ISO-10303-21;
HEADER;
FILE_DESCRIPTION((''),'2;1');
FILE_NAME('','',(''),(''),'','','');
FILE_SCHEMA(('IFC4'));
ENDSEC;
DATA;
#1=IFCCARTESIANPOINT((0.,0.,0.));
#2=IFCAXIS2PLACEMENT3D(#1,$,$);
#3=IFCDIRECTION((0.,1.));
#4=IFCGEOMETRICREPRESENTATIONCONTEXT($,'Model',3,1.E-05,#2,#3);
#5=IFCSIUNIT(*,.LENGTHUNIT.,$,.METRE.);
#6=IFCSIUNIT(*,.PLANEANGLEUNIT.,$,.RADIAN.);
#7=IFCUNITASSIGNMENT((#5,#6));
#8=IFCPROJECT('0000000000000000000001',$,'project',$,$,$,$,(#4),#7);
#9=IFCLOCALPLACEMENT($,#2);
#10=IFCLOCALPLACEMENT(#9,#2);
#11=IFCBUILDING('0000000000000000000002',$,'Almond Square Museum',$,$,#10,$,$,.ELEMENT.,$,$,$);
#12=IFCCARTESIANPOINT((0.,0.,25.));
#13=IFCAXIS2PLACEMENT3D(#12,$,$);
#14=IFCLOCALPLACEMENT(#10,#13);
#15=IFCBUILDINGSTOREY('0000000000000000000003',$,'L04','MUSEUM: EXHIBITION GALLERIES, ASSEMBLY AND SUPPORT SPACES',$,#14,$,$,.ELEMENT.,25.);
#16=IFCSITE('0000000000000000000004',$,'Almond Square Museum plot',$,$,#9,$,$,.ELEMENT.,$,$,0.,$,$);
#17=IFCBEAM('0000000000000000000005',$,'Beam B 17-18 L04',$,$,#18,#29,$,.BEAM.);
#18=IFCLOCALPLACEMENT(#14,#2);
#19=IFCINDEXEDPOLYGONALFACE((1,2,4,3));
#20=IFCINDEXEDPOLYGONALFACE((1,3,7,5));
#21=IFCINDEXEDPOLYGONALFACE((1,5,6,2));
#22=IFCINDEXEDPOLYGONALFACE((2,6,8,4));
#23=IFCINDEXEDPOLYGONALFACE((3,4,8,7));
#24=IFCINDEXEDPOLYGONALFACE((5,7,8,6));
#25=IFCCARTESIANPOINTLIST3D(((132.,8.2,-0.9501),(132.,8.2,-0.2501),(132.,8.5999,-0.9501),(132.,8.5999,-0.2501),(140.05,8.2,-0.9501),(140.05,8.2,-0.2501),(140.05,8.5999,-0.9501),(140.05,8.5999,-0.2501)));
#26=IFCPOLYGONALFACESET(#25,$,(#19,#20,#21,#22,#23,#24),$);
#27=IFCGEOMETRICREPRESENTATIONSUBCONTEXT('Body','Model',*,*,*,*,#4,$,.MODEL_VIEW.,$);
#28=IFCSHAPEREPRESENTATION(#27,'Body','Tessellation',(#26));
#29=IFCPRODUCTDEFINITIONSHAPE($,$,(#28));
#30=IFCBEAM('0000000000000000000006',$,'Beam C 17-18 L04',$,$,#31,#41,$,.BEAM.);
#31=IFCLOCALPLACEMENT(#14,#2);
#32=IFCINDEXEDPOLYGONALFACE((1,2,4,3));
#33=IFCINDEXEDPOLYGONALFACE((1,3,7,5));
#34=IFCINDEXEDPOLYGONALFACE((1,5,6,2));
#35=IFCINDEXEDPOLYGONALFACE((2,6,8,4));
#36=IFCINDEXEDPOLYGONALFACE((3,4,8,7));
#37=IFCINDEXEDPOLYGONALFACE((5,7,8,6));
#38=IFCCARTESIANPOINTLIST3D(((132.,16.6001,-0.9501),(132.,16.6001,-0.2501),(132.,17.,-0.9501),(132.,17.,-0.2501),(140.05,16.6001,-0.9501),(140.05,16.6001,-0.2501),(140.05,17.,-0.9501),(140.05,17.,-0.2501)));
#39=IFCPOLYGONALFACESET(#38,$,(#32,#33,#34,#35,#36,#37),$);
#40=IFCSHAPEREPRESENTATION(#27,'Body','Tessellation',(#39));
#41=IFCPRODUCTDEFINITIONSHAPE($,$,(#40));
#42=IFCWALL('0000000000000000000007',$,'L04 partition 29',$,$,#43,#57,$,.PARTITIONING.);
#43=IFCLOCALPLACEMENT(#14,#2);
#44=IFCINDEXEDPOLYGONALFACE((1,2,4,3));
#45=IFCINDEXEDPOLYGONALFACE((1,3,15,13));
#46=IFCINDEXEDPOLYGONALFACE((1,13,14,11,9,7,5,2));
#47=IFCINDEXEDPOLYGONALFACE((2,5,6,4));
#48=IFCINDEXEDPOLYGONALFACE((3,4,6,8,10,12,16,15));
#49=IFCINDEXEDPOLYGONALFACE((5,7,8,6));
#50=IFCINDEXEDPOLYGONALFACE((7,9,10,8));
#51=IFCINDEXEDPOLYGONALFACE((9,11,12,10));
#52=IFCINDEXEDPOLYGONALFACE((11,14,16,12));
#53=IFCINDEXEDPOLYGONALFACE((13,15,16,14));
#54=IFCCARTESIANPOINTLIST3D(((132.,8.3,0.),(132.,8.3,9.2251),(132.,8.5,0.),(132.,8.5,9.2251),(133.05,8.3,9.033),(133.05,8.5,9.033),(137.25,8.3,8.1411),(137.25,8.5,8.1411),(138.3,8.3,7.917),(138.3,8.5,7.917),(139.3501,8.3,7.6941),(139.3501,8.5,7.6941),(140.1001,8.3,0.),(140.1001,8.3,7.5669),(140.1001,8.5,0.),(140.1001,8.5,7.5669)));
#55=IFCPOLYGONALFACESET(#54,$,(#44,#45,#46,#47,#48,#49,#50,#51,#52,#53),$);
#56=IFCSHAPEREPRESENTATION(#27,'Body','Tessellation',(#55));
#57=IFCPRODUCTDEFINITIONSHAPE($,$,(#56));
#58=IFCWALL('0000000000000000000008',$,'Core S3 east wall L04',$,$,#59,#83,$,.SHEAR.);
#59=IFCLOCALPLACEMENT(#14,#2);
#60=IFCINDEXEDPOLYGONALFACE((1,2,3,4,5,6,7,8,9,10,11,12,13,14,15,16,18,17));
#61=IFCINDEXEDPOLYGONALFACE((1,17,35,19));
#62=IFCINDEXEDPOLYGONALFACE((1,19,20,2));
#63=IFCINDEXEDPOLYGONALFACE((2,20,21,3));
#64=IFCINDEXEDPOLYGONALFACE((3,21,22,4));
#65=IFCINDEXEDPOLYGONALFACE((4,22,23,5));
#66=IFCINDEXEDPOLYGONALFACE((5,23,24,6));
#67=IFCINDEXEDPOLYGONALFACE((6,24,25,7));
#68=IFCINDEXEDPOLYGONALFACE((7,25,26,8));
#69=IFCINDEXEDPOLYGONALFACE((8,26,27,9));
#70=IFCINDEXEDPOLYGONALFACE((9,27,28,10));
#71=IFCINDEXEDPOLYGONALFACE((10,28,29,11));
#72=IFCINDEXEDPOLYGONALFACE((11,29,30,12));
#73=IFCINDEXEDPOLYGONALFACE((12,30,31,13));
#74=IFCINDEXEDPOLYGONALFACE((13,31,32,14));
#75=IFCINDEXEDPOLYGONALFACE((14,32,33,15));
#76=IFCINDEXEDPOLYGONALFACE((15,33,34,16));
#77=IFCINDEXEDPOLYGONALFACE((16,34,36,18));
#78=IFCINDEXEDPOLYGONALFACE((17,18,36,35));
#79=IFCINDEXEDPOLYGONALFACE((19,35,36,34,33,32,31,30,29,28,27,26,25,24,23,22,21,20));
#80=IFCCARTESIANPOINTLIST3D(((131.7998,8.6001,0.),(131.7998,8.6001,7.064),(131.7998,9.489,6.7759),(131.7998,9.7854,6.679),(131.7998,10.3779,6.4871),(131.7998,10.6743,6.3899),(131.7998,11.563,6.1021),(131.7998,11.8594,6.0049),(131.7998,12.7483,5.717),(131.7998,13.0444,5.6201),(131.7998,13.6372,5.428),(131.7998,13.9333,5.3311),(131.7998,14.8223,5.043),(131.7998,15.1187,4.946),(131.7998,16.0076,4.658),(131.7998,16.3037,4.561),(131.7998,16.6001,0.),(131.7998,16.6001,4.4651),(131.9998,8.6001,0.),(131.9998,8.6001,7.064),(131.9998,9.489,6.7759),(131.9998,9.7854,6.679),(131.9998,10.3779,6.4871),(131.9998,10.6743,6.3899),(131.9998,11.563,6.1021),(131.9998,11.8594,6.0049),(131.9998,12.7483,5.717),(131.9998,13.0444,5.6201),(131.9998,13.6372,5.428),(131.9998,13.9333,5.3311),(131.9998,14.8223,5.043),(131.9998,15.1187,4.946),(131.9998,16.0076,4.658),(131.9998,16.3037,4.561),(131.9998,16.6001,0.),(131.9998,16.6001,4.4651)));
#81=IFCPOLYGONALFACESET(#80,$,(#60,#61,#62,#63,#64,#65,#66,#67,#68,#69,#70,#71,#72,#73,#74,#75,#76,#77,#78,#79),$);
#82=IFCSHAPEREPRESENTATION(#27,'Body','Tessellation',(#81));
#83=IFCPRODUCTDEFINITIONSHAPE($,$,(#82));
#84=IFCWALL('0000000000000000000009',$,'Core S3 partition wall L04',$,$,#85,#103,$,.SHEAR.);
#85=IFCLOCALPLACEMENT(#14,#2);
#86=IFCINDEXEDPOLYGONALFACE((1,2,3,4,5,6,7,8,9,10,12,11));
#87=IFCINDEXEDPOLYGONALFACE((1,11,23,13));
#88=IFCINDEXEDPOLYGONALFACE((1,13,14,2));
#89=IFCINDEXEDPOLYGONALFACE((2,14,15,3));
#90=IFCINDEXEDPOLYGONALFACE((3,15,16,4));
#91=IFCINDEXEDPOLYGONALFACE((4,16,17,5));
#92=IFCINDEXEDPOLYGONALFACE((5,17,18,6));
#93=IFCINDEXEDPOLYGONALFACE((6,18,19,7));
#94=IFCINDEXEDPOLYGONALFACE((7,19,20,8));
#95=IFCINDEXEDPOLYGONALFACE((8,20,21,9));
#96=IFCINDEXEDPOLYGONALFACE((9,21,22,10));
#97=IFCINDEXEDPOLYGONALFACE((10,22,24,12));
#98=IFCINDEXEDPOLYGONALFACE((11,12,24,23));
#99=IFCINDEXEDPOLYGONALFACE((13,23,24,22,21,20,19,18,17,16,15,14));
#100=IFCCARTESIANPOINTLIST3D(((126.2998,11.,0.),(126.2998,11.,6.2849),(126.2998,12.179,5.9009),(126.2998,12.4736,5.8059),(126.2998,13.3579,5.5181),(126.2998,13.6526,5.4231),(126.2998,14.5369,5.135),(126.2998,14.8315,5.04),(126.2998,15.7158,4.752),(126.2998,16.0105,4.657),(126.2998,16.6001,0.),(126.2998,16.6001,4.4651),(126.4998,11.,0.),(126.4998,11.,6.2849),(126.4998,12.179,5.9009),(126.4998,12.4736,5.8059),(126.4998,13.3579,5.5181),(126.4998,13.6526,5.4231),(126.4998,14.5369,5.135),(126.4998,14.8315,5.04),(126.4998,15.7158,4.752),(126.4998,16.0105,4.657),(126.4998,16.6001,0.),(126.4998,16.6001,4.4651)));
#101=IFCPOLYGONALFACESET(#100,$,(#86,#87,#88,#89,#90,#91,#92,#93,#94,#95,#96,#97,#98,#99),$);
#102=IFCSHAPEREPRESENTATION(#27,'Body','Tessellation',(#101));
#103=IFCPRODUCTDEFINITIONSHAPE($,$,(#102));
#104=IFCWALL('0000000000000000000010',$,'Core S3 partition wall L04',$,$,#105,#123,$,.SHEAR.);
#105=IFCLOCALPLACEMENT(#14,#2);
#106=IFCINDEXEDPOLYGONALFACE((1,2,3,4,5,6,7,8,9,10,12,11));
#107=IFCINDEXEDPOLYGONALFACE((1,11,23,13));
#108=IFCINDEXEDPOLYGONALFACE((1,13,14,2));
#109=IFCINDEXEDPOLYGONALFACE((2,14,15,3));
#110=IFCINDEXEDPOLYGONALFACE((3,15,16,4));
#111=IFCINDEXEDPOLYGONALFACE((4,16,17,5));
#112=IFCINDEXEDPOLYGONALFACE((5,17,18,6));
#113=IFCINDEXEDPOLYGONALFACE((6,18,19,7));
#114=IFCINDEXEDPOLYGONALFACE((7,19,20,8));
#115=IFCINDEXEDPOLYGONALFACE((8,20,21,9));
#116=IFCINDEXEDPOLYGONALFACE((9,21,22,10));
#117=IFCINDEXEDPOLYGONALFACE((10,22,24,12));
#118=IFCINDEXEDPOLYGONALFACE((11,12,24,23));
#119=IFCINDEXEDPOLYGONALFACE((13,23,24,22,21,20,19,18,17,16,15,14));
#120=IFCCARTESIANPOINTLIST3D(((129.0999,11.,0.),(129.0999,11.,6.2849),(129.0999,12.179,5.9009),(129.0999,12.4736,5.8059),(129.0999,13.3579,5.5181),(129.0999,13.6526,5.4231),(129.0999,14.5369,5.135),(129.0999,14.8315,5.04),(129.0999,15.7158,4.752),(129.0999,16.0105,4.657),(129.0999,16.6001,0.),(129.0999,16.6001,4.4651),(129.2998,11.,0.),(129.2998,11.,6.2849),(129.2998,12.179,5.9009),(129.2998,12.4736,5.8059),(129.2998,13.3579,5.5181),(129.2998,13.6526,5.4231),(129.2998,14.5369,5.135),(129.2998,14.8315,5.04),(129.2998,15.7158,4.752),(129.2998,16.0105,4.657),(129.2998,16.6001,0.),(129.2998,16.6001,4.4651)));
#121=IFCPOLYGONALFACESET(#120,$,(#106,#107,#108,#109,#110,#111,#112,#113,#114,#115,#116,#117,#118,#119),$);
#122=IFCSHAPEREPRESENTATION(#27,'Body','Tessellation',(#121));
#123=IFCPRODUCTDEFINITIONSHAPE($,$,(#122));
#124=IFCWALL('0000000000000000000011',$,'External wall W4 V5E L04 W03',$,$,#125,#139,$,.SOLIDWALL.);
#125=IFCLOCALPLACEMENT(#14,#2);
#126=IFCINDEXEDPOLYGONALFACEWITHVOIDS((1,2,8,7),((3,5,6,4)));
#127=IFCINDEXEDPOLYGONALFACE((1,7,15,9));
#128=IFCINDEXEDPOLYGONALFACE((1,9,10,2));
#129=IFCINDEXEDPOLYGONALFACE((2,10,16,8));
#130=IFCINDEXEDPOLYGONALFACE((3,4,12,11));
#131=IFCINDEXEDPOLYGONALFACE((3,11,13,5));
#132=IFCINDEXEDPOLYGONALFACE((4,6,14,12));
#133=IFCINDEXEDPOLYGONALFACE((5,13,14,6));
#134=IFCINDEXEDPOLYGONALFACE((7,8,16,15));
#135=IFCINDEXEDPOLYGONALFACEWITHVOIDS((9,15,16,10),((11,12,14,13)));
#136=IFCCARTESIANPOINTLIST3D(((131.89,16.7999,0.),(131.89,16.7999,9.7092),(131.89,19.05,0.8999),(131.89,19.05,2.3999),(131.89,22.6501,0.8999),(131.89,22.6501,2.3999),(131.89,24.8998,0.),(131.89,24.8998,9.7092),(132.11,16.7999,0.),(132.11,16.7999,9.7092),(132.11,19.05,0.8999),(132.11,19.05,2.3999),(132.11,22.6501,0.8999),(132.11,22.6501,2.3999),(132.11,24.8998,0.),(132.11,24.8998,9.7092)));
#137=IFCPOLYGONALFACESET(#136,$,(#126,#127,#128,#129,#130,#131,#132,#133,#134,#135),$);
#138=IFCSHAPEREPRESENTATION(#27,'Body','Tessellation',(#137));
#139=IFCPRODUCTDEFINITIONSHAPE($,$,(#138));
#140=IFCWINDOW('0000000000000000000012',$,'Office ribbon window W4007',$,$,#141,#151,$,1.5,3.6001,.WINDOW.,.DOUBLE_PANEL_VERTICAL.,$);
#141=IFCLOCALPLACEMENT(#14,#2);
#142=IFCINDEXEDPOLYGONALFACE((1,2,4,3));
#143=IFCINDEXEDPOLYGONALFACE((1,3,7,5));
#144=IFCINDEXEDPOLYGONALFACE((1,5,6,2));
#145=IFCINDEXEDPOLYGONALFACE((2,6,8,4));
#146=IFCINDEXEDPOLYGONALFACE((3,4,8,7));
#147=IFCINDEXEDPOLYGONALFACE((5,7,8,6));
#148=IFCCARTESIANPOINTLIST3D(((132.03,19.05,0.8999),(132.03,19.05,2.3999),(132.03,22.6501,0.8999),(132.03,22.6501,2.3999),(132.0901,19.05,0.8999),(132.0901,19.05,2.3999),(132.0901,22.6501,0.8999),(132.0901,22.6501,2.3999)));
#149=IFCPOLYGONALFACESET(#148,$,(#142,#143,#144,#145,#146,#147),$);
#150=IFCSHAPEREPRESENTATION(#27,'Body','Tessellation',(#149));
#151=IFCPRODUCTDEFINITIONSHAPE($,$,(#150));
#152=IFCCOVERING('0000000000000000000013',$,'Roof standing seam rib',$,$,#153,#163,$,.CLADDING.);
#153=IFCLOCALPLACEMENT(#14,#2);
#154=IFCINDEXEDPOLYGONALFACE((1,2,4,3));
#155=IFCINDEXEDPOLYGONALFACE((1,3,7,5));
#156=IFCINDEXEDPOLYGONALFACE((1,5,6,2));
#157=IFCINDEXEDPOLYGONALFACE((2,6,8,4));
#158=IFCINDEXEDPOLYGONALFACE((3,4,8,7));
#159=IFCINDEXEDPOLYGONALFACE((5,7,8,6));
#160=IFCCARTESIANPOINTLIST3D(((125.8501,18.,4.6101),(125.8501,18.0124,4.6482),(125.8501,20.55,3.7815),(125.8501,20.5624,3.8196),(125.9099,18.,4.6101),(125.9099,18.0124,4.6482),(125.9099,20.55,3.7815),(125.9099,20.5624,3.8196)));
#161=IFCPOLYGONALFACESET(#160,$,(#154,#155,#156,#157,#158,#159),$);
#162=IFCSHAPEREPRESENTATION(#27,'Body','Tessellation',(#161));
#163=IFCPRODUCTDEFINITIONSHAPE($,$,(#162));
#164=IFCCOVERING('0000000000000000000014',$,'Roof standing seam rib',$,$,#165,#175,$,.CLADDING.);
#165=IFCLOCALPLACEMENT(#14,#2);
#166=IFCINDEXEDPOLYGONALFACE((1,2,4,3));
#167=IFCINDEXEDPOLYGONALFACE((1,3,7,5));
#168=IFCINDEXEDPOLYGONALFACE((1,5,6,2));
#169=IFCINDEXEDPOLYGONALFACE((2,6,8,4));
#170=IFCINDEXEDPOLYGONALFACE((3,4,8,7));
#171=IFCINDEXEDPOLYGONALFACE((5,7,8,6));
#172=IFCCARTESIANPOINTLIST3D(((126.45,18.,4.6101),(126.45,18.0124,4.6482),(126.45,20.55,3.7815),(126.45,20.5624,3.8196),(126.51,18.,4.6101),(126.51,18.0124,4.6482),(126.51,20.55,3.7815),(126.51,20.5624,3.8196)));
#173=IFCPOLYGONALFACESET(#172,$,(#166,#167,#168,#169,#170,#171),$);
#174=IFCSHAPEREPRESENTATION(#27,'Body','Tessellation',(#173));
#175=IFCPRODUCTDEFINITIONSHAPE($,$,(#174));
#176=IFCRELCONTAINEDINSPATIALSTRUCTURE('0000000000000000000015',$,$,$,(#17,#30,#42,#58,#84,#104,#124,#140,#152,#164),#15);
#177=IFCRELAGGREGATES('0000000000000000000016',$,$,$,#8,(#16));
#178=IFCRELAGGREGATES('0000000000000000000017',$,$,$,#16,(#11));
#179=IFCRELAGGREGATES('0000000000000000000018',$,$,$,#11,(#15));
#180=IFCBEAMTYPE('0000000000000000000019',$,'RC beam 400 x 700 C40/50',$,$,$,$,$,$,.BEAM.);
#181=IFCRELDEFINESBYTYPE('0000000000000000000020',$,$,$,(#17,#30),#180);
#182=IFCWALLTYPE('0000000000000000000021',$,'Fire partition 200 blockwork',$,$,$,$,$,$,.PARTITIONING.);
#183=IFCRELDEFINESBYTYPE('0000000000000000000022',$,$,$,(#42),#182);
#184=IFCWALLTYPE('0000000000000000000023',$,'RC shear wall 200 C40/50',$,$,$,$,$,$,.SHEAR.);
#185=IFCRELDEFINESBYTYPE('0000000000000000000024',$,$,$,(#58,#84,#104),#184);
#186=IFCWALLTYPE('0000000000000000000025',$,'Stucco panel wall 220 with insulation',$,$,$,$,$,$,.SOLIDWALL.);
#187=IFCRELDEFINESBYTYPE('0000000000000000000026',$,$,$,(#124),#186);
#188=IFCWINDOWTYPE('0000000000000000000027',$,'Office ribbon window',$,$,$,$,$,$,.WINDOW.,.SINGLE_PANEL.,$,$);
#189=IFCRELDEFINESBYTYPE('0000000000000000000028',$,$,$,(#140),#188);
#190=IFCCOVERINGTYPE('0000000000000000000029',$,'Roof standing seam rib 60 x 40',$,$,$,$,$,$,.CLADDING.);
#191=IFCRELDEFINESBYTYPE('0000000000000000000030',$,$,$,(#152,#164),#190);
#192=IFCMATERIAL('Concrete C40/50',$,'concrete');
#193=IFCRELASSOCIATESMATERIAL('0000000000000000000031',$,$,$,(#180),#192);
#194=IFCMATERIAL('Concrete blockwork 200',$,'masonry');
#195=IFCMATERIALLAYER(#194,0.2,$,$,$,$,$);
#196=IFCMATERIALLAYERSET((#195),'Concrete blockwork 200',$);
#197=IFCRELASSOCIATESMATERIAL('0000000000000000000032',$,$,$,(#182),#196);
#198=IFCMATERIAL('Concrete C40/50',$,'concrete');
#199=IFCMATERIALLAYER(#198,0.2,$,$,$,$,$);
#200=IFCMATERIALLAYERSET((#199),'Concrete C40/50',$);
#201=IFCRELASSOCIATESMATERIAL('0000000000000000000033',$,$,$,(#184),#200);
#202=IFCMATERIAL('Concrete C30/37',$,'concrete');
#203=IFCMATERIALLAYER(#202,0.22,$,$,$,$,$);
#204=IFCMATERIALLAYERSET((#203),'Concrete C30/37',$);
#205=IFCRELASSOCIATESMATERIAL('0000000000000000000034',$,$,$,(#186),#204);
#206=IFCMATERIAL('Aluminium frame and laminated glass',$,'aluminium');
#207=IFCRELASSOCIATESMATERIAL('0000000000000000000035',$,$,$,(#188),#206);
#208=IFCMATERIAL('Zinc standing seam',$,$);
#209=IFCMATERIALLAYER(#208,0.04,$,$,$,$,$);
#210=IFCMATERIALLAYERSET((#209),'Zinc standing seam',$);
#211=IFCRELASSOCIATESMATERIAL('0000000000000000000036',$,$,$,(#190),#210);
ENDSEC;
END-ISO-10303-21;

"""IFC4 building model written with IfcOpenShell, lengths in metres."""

from ifc_helpers import new_model, si_unit, direction, frame, frame_2d, origin, origin_2d, place, context, subcontext, project, spatial, polyline, rectangle, outline, extrude, material, layer, layer_set, material_profile, profile_set, type_object, element, fill, save


model = new_model("IFC4")

# Units and contexts
model_context = context("Model", 3, precision=1e-05, world=origin(), true_north=direction((0.0, 1.0)))
body_context = subcontext(model_context, "Body", "Model", "MODEL_VIEW")
ifc_project = project(units=[si_unit("LENGTHUNIT", "METRE"), si_unit("PLANEANGLEUNIT", "RADIAN")], contexts=[model_context])

# Site, building, storey
site_placement = place(None, origin())
site = spatial("IfcSite", under=ifc_project, at=site_placement, Name="Almond Square Museum plot", CompositionType="ELEMENT", RefElevation=0.0)
building_placement = place(site_placement, origin())
building = spatial("IfcBuilding", under=site, at=building_placement, Name="Almond Square Museum", CompositionType="ELEMENT")
storey_placement = place(building_placement, frame((0.0, 0.0, 25.0)))
storey = spatial("IfcBuildingStorey", under=building, at=storey_placement, Name="L04", Description="MUSEUM: EXHIBITION GALLERIES, ASSEMBLY AND SUPPORT SPACES", CompositionType="ELEMENT", Elevation=25.0)

# Beams
ifc_material_1 = material(Name="Concrete C40/50", Category="concrete")
ifc_material_profile = material_profile(ifc_material_1, rectangle(XDim=0.3999, YDim=0.7, at=origin_2d()))
ifc_profile_set = profile_set([ifc_material_profile], Name="Concrete C40/50")
beam_type = type_object("IfcBeamType", Name="RC beam 400 x 700 C40/50", PredefinedType="BEAM", material=ifc_profile_set)
for number, where, z_axis, x_axis, name in (
    (1, (132.0, 8.3999, -0.6001), (1.0, 0.0, 0.0), (0.0, 1.0, 0.0), "Beam B 17-18 L04"),
    (2, (132.0, 16.8, -0.6001), (1.0, 0.0, 0.0), (0.0, 1.0, 0.0), "Beam C 17-18 L04"),
):
    element("IfcBeam", number, at=place(storey_placement, frame(where, z_axis=z_axis, x_axis=x_axis)), inside=storey, type_object=beam_type, Name=name, PredefinedType="BEAM", context=body_context, shape_type="SweptSolid", body=[
        extrude(rectangle(XDim=0.3999, YDim=0.7, at=origin_2d()), origin(), (0.0, 0.0, 1.0), 8.05),
    ])

# Walls
ifc_material_2 = material(Name="Concrete blockwork 200", Category="masonry")
ifc_layer_1 = layer(ifc_material_2, 0.2)
ifc_layer_set_1 = layer_set([ifc_layer_1], Name="Concrete blockwork 200")
wall_type_1 = type_object("IfcWallType", Name="Fire partition 200 blockwork", PredefinedType="PARTITIONING", material=ifc_layer_set_1)
wall_1_placement = place(storey_placement, frame((132.0, 8.3999, 0.0), z_axis=(0.0, 0.0, 1.0), x_axis=(1.0, 0.0, 0.0)))
element("IfcWall", 3, at=wall_1_placement, inside=storey, type_object=wall_type_1, Name="L04 partition 29", PredefinedType="PARTITIONING", context=body_context, shape_type="SweptSolid", body=[
    extrude(outline(polyline([(0.0, 0.0), (8.1001, 0.0), (8.1001, 7.5669), (7.3501, 7.6941), (6.3, 7.917), (5.25, 8.1411), (1.05, 9.033), (0.0, 9.2251), (0.0, 0.0)])), frame((0.0, 0.1001, 0.0), z_axis=(0.0, -1.0, 0.0), x_axis=(1.0, 0.0, 0.0)), (0.0, 0.0, 1.0), 0.2),
])
ifc_material_3 = material(Name="Concrete C40/50", Category="concrete")
ifc_layer_2 = layer(ifc_material_3, 0.2)
ifc_layer_set_2 = layer_set([ifc_layer_2], Name="Concrete C40/50")
wall_type_2 = type_object("IfcWallType", Name="RC shear wall 200 C40/50", PredefinedType="SHEAR", material=ifc_layer_set_2)
wall_2_placement = place(storey_placement, frame((131.8999, 8.6001, 0.0), z_axis=(0.0, 0.0, 1.0), x_axis=(0.0, 1.0, 0.0)))
element("IfcWall", 4, at=wall_2_placement, inside=storey, type_object=wall_type_2, Name="Core S3 east wall L04", PredefinedType="SHEAR", context=body_context, shape_type="SweptSolid", body=[
    extrude(outline(polyline([(0.0, 0.0), (8.0, 0.0), (8.0, 4.4651), (7.7036, 4.561), (7.4075, 4.658), (6.5186, 4.946), (6.2222, 5.043), (5.3333, 5.3311), (5.0371, 5.428), (4.4443, 5.6201), (4.1482, 5.717), (3.2593, 6.0049), (2.9629, 6.1021), (2.0742, 6.3899), (1.7778, 6.4871), (1.1853, 6.679), (0.8889, 6.7759), (0.0, 7.064), (0.0, 0.0)])), frame((0.0, 0.1001, 0.0), z_axis=(0.0, -1.0, 0.0), x_axis=(1.0, 0.0, 0.0)), (0.0, 0.0, 1.0), 0.2),
])
for number, where, z_axis, x_axis, name in (
    (5, (126.3999, 11.0, 0.0), (0.0, 0.0, 1.0), (0.0, 1.0, 0.0), "Core S3 partition wall L04"),
    (6, (129.2, 11.0, 0.0), (0.0, 0.0, 1.0), (0.0, 1.0, 0.0), "Core S3 partition wall L04"),
):
    element("IfcWall", number, at=place(storey_placement, frame(where, z_axis=z_axis, x_axis=x_axis)), inside=storey, type_object=wall_type_2, Name=name, PredefinedType="SHEAR", context=body_context, shape_type="SweptSolid", body=[
        extrude(outline(polyline([(0.0, 0.0), (5.6001, 0.0), (5.6001, 4.4651), (5.0105, 4.657), (4.7158, 4.752), (3.8315, 5.04), (3.5369, 5.135), (2.6526, 5.4231), (2.3579, 5.5181), (1.4736, 5.8059), (1.179, 5.9009), (0.0, 6.2849), (0.0, 0.0)])), frame((0.0, 0.1001, 0.0), z_axis=(0.0, -1.0, 0.0), x_axis=(1.0, 0.0, 0.0)), (0.0, 0.0, 1.0), 0.2),
    ])

# Wall, opening, window
ifc_material_4 = material(Name="Concrete C30/37", Category="concrete")
ifc_layer_3 = layer(ifc_material_4, 0.22)
ifc_layer_set_3 = layer_set([ifc_layer_3], Name="Concrete C30/37")
wall_type_3 = type_object("IfcWallType", Name="Stucco panel wall 220 with insulation", PredefinedType="SOLIDWALL", material=ifc_layer_set_3)
wall_3_placement = place(storey_placement, frame((132.0, 16.8, 0.0), z_axis=(0.0, 0.0, 1.0), x_axis=(0.0, 1.0, 0.0)))
wall_3 = element("IfcWall", 7, at=wall_3_placement, inside=storey, type_object=wall_type_3, Name="External wall W4 V5E L04 W03", PredefinedType="SOLIDWALL", context=body_context, shape_type="SweptSolid", body=[
    extrude(rectangle(XDim=8.0999, YDim=0.22, at=frame_2d((4.0498, 0.0))), origin(), (0.0, 0.0, 1.0), 9.7092),
])
opening_placement = place(wall_3_placement, frame((2.25, 0.0, 0.8999)))
opening = element("IfcOpeningElement", 8, at=opening_placement, cuts=wall_3, PredefinedType="OPENING", context=body_context, shape_type="SweptSolid", body=[
    extrude(rectangle(XDim=3.6001, YDim=1.5, at=frame_2d((1.8, 0.75))), frame((0.0, 0.1199, 0.0), z_axis=(0.0, -1.0, 0.0), x_axis=(1.0, 0.0, 0.0)), (0.0, 0.0, 1.0), 0.24),
])
ifc_material_5 = material(Name="Aluminium frame and laminated glass", Category="aluminium")
window_type = type_object("IfcWindowType", Name="Office ribbon window", PartitioningType="SINGLE_PANEL", PredefinedType="WINDOW", material=ifc_material_5)
window_placement = place(opening_placement, origin())
window = element("IfcWindow", 9, at=window_placement, inside=storey, type_object=window_type, Name="Office ribbon window W4007", OverallHeight=1.5, OverallWidth=3.6001, PartitioningType="DOUBLE_PANEL_VERTICAL", PredefinedType="WINDOW", context=body_context, shape_type="SweptSolid", body=[
    extrude(rectangle(XDim=3.6001, YDim=1.5, at=frame_2d((1.8, 0.75))), frame((0.0, -0.03, 0.0), z_axis=(0.0, -1.0, 0.0), x_axis=(1.0, 0.0, 0.0)), (0.0, 0.0, 1.0), 0.0601),
])
fill(opening, window)

# Coverings
ifc_material_6 = material(Name="Zinc standing seam")
ifc_layer_4 = layer(ifc_material_6, 0.04)
ifc_layer_set_4 = layer_set([ifc_layer_4], Name="Zinc standing seam")
covering_type = type_object("IfcCoveringType", Name="Roof standing seam rib 60 x 40", PredefinedType="CLADDING", material=ifc_layer_set_4)
covering_1_placement = place(storey_placement, frame((125.9099, 18.0, 4.6101), z_axis=(0.0, 0.309035, 0.951051), x_axis=(0.0, 0.951051, -0.309035)))
element("IfcCovering", 10, at=covering_1_placement, inside=storey, type_object=covering_type, Name="Roof standing seam rib", PredefinedType="CLADDING", context=body_context, shape_type="SweptSolid", body=[
    extrude(outline(polyline([(0.0, 0.0), (2.6813, 0.0), (2.6813, 0.0598), (0.0, 0.0598), (0.0, 0.0)])), origin(), (0.0, 0.0, 1.0), 0.04),
])
for number, where, z_axis, x_axis, name in (
    (11, (126.51, 18.0, 4.6101), (0.0, 0.309035, 0.951051), (0.0, 0.951051, -0.309035), "Roof standing seam rib"),
):
    element("IfcCovering", number, at=place(storey_placement, frame(where, z_axis=z_axis, x_axis=x_axis)), inside=storey, type_object=covering_type, Name=name, PredefinedType="CLADDING", context=body_context, shape_type="SweptSolid", body=[
        extrude(outline(polyline([(0.0, 0.0), (2.6813, 0.0), (2.6813, 0.0601), (0.0, 0.0601), (0.0, 0.0)])), origin(), (0.0, 0.0, 1.0), 0.04),
    ])

save(model, "model.ifc")
